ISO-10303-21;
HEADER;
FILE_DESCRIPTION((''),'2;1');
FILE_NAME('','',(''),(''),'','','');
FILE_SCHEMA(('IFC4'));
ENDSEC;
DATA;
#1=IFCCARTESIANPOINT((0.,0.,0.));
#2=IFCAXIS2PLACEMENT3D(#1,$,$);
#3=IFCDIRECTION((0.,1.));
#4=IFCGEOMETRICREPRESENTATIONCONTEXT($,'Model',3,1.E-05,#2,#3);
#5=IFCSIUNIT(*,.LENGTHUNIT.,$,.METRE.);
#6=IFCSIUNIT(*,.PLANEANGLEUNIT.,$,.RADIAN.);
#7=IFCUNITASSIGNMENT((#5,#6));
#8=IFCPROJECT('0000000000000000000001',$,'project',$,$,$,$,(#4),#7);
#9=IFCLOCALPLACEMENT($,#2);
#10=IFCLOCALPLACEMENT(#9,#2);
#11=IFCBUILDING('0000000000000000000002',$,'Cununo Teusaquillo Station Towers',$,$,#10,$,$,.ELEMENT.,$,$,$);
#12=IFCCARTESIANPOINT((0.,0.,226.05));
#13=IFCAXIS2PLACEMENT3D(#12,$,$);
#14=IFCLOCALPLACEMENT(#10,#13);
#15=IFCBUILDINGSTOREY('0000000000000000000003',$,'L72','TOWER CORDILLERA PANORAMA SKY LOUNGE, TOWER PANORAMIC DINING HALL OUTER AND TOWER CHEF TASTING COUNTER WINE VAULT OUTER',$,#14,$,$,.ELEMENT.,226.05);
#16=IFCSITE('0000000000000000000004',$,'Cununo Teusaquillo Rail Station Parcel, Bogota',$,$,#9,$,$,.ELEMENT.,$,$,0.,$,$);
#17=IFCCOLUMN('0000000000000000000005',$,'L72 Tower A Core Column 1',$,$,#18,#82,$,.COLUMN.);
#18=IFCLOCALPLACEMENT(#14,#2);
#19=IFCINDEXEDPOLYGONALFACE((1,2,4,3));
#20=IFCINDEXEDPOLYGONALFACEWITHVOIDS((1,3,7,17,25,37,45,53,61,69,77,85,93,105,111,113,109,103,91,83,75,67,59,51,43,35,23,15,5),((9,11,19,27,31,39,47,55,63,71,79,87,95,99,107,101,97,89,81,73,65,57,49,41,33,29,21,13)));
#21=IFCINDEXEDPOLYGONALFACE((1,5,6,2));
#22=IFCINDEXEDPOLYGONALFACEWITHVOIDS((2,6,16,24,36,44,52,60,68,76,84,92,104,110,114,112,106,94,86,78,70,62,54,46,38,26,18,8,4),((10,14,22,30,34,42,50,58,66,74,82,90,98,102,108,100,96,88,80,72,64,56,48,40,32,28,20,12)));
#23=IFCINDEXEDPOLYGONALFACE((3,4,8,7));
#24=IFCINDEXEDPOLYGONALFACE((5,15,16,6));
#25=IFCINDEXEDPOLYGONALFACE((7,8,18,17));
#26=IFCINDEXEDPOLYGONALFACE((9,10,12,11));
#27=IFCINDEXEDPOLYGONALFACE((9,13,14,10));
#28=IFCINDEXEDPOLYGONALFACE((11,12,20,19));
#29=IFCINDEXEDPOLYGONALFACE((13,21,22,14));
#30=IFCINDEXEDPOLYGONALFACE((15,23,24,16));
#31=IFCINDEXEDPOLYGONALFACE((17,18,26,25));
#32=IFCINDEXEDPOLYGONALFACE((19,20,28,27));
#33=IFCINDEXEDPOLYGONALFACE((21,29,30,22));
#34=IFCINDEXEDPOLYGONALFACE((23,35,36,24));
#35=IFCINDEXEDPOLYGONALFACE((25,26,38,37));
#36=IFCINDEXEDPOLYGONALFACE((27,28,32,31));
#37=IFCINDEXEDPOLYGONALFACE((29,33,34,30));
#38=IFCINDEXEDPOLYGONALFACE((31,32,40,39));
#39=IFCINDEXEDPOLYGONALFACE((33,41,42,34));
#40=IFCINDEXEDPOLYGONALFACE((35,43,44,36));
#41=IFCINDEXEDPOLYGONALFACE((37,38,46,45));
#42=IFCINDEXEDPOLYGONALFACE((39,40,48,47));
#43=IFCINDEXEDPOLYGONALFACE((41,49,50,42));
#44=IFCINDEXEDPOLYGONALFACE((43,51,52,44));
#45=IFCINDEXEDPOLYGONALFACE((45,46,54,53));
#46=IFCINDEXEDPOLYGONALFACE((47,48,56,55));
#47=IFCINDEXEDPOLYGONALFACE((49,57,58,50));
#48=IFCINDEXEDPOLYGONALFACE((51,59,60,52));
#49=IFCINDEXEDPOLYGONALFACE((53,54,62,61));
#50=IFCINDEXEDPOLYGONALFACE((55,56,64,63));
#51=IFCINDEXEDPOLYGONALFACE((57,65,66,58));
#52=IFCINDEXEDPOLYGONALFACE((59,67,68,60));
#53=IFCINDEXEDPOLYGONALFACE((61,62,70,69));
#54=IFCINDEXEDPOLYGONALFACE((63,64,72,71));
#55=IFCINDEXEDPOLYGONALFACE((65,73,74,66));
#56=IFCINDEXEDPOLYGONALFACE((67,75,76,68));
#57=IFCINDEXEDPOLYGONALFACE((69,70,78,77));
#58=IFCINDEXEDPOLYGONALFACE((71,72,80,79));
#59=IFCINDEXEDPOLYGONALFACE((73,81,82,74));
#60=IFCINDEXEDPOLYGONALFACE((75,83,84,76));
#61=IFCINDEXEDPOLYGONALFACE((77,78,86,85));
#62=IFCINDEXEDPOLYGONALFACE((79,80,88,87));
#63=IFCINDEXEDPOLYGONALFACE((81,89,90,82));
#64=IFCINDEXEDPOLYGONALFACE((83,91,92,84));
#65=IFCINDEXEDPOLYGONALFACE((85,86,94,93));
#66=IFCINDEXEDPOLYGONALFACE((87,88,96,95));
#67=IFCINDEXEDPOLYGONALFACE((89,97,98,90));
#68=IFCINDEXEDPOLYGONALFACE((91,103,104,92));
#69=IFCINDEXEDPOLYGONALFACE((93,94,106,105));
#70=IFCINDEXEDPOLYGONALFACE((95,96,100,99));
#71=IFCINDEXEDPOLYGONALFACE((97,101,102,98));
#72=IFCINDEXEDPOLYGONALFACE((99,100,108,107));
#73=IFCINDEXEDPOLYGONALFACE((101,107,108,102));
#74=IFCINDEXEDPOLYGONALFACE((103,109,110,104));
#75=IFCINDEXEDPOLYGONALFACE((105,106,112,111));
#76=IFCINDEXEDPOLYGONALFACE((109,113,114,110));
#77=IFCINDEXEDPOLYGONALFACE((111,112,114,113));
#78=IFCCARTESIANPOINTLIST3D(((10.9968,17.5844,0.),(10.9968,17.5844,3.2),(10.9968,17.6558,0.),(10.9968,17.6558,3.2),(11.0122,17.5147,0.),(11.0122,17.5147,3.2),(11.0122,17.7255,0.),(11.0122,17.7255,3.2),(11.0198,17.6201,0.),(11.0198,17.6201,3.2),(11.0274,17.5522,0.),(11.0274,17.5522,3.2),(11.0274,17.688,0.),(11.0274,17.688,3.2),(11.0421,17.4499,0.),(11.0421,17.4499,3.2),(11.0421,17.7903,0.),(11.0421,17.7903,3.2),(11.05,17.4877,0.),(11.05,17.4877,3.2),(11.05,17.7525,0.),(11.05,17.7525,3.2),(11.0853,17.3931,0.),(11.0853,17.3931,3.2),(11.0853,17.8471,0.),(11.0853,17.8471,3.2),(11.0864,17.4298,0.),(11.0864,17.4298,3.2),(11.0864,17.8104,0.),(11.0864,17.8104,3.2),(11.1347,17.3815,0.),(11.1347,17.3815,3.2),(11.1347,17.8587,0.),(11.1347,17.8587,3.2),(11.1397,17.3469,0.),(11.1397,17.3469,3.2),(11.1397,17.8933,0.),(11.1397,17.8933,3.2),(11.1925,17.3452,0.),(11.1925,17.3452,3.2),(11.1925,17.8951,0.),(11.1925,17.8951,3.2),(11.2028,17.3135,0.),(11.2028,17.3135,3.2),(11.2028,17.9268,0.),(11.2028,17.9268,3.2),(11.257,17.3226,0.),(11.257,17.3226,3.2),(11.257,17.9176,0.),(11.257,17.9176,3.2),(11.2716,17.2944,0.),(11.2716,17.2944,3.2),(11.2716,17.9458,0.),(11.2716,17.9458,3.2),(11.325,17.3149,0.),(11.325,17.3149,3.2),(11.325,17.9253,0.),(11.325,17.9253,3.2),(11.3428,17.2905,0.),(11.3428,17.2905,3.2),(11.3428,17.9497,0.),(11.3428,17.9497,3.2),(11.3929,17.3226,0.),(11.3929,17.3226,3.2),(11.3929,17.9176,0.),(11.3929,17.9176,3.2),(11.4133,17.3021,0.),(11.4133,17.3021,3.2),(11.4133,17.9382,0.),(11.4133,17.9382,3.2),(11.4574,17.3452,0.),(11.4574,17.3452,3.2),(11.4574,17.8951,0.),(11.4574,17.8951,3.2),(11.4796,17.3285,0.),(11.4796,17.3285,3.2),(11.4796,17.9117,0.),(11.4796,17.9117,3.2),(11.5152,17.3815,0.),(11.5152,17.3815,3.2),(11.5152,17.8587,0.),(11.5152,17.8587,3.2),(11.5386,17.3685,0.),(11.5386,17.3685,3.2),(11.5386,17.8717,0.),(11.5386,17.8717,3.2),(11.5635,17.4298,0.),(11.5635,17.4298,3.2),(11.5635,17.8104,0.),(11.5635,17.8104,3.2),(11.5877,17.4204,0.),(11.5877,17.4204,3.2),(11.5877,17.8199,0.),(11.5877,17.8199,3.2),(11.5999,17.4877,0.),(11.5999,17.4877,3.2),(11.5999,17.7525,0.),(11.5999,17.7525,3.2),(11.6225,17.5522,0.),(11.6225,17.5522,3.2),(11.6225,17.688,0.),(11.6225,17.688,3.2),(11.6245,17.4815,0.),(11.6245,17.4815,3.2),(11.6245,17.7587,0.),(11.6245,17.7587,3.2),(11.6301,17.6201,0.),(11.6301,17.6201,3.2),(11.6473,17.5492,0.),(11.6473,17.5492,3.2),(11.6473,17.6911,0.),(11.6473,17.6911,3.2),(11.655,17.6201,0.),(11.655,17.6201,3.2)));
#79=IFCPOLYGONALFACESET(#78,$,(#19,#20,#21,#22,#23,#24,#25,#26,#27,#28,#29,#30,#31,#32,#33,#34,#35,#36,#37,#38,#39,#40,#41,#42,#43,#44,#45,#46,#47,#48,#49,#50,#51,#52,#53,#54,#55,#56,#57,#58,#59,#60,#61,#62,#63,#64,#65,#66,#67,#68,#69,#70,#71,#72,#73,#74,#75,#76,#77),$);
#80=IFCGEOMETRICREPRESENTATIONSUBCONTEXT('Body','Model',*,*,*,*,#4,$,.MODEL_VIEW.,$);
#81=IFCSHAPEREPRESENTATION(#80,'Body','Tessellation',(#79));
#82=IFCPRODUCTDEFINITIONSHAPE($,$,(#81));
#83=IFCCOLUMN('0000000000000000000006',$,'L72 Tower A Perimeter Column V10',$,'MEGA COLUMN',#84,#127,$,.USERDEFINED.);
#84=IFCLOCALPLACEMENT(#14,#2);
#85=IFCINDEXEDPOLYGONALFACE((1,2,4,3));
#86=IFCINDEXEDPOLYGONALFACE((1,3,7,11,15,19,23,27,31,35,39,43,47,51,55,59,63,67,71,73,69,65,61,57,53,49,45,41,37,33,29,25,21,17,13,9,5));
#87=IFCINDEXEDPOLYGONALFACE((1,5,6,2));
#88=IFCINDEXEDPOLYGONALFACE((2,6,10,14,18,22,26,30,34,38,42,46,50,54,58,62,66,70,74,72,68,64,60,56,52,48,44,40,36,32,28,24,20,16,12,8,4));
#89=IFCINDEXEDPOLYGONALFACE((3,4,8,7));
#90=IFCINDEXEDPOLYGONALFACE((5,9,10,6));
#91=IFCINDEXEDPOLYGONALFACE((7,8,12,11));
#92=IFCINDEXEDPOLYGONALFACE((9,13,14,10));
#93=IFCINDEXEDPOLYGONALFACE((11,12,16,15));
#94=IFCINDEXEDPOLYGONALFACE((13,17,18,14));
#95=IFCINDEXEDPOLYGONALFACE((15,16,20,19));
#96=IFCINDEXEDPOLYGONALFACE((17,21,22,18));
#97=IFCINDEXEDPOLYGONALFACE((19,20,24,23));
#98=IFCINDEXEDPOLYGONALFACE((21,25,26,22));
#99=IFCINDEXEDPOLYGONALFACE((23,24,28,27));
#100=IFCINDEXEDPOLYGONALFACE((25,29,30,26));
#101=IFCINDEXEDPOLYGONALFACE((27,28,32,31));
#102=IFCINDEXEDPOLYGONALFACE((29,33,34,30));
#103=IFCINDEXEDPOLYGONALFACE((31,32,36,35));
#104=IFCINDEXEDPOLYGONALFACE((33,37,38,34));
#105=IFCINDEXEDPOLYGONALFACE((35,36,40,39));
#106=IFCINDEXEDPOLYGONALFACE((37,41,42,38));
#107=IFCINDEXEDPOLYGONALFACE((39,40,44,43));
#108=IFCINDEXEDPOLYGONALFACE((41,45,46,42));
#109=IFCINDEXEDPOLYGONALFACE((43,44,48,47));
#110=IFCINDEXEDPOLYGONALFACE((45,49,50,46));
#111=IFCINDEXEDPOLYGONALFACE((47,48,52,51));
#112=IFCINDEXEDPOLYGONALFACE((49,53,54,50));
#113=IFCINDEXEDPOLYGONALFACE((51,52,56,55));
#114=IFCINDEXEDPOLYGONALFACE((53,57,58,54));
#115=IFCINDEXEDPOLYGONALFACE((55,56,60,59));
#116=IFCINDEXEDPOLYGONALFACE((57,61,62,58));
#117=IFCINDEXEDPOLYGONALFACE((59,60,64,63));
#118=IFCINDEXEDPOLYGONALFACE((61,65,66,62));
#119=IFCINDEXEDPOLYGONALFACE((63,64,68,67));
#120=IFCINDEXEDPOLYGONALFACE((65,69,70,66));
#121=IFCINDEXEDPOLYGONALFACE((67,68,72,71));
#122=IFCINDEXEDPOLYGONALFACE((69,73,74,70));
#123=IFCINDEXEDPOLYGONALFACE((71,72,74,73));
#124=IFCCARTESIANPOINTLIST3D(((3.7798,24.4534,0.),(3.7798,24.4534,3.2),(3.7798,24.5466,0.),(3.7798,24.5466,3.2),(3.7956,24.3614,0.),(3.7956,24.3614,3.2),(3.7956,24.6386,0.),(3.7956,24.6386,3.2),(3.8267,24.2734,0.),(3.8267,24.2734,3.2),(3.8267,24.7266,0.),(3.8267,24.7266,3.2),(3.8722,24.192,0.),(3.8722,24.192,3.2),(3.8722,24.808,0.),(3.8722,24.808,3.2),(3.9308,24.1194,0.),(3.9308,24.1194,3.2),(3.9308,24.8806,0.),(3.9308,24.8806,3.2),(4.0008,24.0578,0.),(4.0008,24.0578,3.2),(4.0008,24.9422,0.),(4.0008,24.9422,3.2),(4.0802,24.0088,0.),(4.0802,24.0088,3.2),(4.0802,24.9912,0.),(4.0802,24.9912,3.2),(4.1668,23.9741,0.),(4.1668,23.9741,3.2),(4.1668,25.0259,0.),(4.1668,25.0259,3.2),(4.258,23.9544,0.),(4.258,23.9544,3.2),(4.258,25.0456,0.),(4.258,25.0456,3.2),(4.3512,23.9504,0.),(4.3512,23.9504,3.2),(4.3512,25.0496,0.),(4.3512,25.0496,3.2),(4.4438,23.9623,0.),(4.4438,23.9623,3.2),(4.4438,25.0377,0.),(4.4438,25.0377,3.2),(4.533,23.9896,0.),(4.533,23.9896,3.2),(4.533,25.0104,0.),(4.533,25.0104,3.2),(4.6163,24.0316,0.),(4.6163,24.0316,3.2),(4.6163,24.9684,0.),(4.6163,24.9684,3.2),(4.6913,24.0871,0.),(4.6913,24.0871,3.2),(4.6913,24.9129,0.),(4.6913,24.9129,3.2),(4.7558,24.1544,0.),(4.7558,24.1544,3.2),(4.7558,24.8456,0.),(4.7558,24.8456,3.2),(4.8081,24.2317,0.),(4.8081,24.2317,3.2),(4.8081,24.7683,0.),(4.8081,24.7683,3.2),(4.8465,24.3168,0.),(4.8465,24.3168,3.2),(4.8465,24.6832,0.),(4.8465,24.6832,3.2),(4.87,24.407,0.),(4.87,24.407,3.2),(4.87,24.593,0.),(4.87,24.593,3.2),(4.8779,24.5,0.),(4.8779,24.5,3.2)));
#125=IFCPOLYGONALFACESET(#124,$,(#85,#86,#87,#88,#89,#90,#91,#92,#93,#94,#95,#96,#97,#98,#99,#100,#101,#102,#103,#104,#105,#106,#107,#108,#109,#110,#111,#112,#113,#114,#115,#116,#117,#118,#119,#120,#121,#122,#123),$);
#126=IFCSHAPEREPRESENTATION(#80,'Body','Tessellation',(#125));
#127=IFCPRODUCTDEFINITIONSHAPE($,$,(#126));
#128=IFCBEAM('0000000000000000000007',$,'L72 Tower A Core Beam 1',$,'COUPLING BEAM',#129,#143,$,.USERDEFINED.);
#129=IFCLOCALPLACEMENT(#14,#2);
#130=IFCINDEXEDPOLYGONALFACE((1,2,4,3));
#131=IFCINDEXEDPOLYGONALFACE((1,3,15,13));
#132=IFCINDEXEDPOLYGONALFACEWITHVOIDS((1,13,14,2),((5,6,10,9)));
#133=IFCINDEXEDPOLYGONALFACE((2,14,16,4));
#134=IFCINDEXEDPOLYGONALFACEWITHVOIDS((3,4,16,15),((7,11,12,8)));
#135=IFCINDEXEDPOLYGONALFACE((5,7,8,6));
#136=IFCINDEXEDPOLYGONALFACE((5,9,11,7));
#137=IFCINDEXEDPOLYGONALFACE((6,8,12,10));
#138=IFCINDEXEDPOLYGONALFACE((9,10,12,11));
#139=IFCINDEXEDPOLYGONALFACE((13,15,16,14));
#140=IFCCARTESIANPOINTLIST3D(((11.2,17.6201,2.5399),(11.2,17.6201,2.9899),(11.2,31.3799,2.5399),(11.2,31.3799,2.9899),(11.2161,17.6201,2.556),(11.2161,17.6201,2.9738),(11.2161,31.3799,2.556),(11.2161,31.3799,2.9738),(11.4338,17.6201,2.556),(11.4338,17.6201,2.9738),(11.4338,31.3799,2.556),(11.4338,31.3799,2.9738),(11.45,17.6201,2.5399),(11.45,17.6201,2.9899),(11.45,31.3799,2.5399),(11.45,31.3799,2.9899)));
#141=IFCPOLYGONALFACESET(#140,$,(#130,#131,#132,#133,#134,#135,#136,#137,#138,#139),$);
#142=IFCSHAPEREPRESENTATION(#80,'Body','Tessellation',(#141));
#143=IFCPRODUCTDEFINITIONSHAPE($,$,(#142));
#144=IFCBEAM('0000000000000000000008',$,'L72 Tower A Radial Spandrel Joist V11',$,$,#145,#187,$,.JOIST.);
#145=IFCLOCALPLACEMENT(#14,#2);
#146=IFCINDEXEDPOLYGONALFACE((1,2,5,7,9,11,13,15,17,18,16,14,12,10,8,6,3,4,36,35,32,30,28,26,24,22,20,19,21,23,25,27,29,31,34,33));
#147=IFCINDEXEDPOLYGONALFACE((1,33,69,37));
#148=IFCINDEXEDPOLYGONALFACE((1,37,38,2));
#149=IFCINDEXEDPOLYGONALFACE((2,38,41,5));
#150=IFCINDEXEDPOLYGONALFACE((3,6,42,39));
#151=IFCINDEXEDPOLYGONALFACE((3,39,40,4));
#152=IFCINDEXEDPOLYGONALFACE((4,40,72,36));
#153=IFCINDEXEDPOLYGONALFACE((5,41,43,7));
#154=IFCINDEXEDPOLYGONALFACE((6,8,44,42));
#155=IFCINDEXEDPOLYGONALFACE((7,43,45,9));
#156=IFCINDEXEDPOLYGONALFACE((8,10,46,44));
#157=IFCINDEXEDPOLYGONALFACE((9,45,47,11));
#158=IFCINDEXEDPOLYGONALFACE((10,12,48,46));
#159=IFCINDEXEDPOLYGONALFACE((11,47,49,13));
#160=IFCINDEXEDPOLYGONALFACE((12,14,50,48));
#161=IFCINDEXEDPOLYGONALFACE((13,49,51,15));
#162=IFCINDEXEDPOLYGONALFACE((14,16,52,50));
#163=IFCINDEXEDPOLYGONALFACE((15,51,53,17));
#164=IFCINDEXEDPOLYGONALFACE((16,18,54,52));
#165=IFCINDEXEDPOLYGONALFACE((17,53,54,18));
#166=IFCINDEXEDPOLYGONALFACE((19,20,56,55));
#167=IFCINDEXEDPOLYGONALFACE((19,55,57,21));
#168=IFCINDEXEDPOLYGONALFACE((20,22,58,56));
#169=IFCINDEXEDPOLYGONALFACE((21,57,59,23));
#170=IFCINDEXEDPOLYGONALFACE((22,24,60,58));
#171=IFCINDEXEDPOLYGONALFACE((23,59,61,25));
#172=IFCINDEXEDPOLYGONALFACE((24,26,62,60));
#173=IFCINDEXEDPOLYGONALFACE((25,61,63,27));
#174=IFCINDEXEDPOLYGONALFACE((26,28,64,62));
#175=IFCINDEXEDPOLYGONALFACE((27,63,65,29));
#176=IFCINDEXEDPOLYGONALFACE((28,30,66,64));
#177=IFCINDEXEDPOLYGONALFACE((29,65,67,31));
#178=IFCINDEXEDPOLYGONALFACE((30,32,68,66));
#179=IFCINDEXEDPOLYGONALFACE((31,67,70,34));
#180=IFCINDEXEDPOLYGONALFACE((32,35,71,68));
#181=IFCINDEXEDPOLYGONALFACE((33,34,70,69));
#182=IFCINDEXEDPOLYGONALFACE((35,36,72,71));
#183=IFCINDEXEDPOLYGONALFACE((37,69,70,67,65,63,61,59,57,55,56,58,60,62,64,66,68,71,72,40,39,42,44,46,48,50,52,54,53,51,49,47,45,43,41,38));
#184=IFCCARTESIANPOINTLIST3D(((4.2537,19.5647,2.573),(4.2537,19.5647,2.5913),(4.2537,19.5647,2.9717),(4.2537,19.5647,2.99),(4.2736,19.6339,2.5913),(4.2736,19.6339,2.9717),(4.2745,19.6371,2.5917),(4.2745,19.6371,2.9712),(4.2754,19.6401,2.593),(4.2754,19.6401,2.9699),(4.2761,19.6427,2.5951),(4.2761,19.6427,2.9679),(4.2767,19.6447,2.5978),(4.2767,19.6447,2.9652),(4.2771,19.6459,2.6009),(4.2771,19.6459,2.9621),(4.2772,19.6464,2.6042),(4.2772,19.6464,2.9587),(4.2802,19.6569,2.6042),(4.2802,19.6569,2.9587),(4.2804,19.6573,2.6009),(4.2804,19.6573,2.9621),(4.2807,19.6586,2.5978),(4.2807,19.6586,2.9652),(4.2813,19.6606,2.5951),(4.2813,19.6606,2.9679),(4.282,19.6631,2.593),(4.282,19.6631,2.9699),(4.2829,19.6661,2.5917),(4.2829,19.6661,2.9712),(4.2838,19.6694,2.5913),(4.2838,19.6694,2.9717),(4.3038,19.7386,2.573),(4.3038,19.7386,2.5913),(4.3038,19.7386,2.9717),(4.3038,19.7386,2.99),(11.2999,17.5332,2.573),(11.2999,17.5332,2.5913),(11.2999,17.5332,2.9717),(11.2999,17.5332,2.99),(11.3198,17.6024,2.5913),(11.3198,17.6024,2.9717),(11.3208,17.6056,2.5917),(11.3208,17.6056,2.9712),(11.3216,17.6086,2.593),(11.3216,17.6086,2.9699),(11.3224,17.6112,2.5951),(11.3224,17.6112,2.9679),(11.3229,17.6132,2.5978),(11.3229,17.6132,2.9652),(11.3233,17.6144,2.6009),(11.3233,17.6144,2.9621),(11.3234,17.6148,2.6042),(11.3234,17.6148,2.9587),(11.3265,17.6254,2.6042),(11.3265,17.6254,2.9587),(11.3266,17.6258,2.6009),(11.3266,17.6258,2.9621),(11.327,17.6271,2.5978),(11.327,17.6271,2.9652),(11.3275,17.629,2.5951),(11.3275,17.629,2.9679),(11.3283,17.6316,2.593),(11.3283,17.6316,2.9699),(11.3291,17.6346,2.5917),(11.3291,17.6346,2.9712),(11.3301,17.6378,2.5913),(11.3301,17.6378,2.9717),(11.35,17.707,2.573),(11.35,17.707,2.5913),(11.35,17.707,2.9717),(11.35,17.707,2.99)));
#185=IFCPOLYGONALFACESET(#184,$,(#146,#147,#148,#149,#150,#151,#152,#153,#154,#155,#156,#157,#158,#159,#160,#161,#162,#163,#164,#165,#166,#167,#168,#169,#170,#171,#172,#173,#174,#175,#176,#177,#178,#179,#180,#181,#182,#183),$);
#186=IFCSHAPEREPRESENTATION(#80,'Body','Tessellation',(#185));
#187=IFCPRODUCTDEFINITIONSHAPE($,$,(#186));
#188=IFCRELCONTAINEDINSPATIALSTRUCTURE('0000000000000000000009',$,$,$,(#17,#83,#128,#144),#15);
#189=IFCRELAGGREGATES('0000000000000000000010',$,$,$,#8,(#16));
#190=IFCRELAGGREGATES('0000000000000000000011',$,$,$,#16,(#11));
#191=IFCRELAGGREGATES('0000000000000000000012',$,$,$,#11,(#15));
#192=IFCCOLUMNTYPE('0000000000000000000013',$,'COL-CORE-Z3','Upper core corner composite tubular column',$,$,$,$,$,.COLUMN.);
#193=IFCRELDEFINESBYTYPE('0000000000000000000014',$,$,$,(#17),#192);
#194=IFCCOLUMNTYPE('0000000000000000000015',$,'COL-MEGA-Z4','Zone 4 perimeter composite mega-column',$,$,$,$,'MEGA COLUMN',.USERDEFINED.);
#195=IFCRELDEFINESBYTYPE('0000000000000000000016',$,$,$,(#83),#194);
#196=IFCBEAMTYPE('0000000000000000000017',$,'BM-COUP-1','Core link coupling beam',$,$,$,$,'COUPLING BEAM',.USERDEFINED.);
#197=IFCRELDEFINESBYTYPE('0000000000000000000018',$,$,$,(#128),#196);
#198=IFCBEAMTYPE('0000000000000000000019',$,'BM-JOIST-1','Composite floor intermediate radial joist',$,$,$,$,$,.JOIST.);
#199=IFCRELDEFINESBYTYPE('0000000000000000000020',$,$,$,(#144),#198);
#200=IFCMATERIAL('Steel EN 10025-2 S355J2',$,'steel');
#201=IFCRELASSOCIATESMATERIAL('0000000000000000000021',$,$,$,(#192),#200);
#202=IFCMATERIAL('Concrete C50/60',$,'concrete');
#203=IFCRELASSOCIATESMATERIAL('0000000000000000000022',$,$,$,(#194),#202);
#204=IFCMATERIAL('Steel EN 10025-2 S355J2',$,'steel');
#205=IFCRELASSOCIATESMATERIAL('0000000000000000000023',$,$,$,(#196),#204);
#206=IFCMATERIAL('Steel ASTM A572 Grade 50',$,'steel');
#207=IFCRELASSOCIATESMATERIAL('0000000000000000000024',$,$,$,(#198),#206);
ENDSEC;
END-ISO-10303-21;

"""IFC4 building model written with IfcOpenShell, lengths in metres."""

from ifc_helpers import new_model, si_unit, direction, frame, origin, origin_2d, place, context, subcontext, project, spatial, hollow_rectangle, circle, hollow_circle, i_section, extrude, material, material_profile, profile_set, type_object, element, save


model = new_model("IFC4")

# Units and contexts
model_context = context("Model", 3, precision=1e-05, world=origin(), true_north=direction((0.0, 1.0)))
body_context = subcontext(model_context, "Body", "Model", "MODEL_VIEW")
ifc_project = project(units=[si_unit("LENGTHUNIT", "METRE"), si_unit("PLANEANGLEUNIT", "RADIAN")], contexts=[model_context])

# Site, building, storey
site_placement = place(None, origin())
site = spatial("IfcSite", under=ifc_project, at=site_placement, Name="Cununo Teusaquillo Rail Station Parcel, Bogota", CompositionType="ELEMENT", RefElevation=0.0)
building_placement = place(site_placement, origin())
building = spatial("IfcBuilding", under=site, at=building_placement, Name="Cununo Teusaquillo Station Towers", CompositionType="ELEMENT")
storey_placement = place(building_placement, frame((0.0, 0.0, 226.05)))
storey = spatial("IfcBuildingStorey", under=building, at=storey_placement, Name="L72", Description="TOWER CORDILLERA PANORAMA SKY LOUNGE, TOWER PANORAMIC DINING HALL OUTER AND TOWER CHEF TASTING COUNTER WINE VAULT OUTER", CompositionType="ELEMENT", Elevation=226.05)

# Columns
ifc_material_1 = material(Name="Steel EN 10025-2 S355J2", Category="steel")
ifc_material_profile_1 = material_profile(ifc_material_1, hollow_circle(Radius=0.3301, WallThickness=0.0249, at=origin_2d()), Name="CHS 660x25")
ifc_profile_set_1 = profile_set([ifc_material_profile_1], Name="Steel EN 10025-2 S355J2")
column_type_1 = type_object("IfcColumnType", Name="COL-CORE-Z3", Description="Upper core corner composite tubular column", PredefinedType="COLUMN", material=ifc_profile_set_1)
column_1_placement = place(storey_placement, frame((11.325, 17.6201, 0.0), z_axis=(0.0, 0.0, 1.0), x_axis=(1.0, 0.0, 0.0)))
element("IfcColumn", 1, at=column_1_placement, inside=storey, type_object=column_type_1, Name="L72 Tower A Core Column 1", PredefinedType="COLUMN", context=body_context, shape_type="SweptSolid", body=[
    extrude(hollow_circle(Radius=0.3301, WallThickness=0.0249, at=origin_2d()), origin(), (0.0, 0.0, 1.0), 3.2),
])
ifc_material_2 = material(Name="Concrete C50/60", Category="concrete")
ifc_material_profile_2 = material_profile(ifc_material_2, circle(Radius=0.55, at=origin_2d()), Name="RC-CIRC-1100")
ifc_profile_set_2 = profile_set([ifc_material_profile_2], Name="Concrete C50/60")
column_type_2 = type_object("IfcColumnType", Name="COL-MEGA-Z4", Description="Zone 4 perimeter composite mega-column", ElementType="MEGA COLUMN", PredefinedType="USERDEFINED", material=ifc_profile_set_2)
column_2_placement = place(storey_placement, frame((4.3279, 24.5, 0.0), z_axis=(0.0, 0.0, 1.0), x_axis=(1.0, 0.0, 0.0)))
element("IfcColumn", 2, at=column_2_placement, inside=storey, type_object=column_type_2, Name="L72 Tower A Perimeter Column V10", ObjectType="MEGA COLUMN", PredefinedType="USERDEFINED", context=body_context, shape_type="SweptSolid", body=[
    extrude(circle(Radius=0.55, at=origin_2d()), origin(), (0.0, 0.0, 1.0), 3.2),
])

# Beams
ifc_material_3 = material(Name="Steel EN 10025-2 S355J2", Category="steel")
ifc_material_profile_3 = material_profile(ifc_material_3, hollow_rectangle(XDim=0.25, YDim=0.45, WallThickness=0.0161, at=origin_2d()), Name="RHS 450x250x16")
ifc_profile_set_3 = profile_set([ifc_material_profile_3], Name="Steel EN 10025-2 S355J2")
beam_type_1 = type_object("IfcBeamType", Name="BM-COUP-1", Description="Core link coupling beam", ElementType="COUPLING BEAM", PredefinedType="USERDEFINED", material=ifc_profile_set_3)
beam_1_placement = place(storey_placement, frame((11.325, 17.6201, 2.7649), z_axis=(0.0, 1.0, 0.0), x_axis=(-1.0, 0.0, 0.0)))
element("IfcBeam", 3, at=beam_1_placement, inside=storey, type_object=beam_type_1, Name="L72 Tower A Core Beam 1", ObjectType="COUPLING BEAM", PredefinedType="USERDEFINED", context=body_context, shape_type="SweptSolid", body=[
    extrude(hollow_rectangle(XDim=0.25, YDim=0.45, WallThickness=0.0161, at=origin_2d()), origin(), (0.0, 0.0, 1.0), 13.7598),
])
ifc_material_4 = material(Name="Steel ASTM A572 Grade 50", Category="steel")
ifc_material_profile_4 = material_profile(ifc_material_4, i_section(OverallWidth=0.1809, OverallDepth=0.417, WebThickness=0.011, FlangeThickness=0.0183, FilletRadius=0.0129, at=origin_2d()), Name="W16X57")
ifc_profile_set_4 = profile_set([ifc_material_profile_4], Name="Steel ASTM A572 Grade 50")
beam_type_2 = type_object("IfcBeamType", Name="BM-JOIST-1", Description="Composite floor intermediate radial joist", PredefinedType="JOIST", material=ifc_profile_set_4)
beam_2_placement = place(storey_placement, frame((11.325, 17.6201, 2.7815), z_axis=(-0.960862, 0.277029, 0.0), x_axis=(-0.277029, -0.960862, 0.0)))
element("IfcBeam", 4, at=beam_2_placement, inside=storey, type_object=beam_type_2, Name="L72 Tower A Radial Spandrel Joist V11", PredefinedType="JOIST", context=body_context, shape_type="SweptSolid", body=[
    extrude(i_section(OverallWidth=0.1809, OverallDepth=0.417, WebThickness=0.011, FlangeThickness=0.0183, FilletRadius=0.0129, at=origin_2d()), origin(), (0.0, 0.0, 1.0), 7.3333),
])

save(model, "model.ifc")
